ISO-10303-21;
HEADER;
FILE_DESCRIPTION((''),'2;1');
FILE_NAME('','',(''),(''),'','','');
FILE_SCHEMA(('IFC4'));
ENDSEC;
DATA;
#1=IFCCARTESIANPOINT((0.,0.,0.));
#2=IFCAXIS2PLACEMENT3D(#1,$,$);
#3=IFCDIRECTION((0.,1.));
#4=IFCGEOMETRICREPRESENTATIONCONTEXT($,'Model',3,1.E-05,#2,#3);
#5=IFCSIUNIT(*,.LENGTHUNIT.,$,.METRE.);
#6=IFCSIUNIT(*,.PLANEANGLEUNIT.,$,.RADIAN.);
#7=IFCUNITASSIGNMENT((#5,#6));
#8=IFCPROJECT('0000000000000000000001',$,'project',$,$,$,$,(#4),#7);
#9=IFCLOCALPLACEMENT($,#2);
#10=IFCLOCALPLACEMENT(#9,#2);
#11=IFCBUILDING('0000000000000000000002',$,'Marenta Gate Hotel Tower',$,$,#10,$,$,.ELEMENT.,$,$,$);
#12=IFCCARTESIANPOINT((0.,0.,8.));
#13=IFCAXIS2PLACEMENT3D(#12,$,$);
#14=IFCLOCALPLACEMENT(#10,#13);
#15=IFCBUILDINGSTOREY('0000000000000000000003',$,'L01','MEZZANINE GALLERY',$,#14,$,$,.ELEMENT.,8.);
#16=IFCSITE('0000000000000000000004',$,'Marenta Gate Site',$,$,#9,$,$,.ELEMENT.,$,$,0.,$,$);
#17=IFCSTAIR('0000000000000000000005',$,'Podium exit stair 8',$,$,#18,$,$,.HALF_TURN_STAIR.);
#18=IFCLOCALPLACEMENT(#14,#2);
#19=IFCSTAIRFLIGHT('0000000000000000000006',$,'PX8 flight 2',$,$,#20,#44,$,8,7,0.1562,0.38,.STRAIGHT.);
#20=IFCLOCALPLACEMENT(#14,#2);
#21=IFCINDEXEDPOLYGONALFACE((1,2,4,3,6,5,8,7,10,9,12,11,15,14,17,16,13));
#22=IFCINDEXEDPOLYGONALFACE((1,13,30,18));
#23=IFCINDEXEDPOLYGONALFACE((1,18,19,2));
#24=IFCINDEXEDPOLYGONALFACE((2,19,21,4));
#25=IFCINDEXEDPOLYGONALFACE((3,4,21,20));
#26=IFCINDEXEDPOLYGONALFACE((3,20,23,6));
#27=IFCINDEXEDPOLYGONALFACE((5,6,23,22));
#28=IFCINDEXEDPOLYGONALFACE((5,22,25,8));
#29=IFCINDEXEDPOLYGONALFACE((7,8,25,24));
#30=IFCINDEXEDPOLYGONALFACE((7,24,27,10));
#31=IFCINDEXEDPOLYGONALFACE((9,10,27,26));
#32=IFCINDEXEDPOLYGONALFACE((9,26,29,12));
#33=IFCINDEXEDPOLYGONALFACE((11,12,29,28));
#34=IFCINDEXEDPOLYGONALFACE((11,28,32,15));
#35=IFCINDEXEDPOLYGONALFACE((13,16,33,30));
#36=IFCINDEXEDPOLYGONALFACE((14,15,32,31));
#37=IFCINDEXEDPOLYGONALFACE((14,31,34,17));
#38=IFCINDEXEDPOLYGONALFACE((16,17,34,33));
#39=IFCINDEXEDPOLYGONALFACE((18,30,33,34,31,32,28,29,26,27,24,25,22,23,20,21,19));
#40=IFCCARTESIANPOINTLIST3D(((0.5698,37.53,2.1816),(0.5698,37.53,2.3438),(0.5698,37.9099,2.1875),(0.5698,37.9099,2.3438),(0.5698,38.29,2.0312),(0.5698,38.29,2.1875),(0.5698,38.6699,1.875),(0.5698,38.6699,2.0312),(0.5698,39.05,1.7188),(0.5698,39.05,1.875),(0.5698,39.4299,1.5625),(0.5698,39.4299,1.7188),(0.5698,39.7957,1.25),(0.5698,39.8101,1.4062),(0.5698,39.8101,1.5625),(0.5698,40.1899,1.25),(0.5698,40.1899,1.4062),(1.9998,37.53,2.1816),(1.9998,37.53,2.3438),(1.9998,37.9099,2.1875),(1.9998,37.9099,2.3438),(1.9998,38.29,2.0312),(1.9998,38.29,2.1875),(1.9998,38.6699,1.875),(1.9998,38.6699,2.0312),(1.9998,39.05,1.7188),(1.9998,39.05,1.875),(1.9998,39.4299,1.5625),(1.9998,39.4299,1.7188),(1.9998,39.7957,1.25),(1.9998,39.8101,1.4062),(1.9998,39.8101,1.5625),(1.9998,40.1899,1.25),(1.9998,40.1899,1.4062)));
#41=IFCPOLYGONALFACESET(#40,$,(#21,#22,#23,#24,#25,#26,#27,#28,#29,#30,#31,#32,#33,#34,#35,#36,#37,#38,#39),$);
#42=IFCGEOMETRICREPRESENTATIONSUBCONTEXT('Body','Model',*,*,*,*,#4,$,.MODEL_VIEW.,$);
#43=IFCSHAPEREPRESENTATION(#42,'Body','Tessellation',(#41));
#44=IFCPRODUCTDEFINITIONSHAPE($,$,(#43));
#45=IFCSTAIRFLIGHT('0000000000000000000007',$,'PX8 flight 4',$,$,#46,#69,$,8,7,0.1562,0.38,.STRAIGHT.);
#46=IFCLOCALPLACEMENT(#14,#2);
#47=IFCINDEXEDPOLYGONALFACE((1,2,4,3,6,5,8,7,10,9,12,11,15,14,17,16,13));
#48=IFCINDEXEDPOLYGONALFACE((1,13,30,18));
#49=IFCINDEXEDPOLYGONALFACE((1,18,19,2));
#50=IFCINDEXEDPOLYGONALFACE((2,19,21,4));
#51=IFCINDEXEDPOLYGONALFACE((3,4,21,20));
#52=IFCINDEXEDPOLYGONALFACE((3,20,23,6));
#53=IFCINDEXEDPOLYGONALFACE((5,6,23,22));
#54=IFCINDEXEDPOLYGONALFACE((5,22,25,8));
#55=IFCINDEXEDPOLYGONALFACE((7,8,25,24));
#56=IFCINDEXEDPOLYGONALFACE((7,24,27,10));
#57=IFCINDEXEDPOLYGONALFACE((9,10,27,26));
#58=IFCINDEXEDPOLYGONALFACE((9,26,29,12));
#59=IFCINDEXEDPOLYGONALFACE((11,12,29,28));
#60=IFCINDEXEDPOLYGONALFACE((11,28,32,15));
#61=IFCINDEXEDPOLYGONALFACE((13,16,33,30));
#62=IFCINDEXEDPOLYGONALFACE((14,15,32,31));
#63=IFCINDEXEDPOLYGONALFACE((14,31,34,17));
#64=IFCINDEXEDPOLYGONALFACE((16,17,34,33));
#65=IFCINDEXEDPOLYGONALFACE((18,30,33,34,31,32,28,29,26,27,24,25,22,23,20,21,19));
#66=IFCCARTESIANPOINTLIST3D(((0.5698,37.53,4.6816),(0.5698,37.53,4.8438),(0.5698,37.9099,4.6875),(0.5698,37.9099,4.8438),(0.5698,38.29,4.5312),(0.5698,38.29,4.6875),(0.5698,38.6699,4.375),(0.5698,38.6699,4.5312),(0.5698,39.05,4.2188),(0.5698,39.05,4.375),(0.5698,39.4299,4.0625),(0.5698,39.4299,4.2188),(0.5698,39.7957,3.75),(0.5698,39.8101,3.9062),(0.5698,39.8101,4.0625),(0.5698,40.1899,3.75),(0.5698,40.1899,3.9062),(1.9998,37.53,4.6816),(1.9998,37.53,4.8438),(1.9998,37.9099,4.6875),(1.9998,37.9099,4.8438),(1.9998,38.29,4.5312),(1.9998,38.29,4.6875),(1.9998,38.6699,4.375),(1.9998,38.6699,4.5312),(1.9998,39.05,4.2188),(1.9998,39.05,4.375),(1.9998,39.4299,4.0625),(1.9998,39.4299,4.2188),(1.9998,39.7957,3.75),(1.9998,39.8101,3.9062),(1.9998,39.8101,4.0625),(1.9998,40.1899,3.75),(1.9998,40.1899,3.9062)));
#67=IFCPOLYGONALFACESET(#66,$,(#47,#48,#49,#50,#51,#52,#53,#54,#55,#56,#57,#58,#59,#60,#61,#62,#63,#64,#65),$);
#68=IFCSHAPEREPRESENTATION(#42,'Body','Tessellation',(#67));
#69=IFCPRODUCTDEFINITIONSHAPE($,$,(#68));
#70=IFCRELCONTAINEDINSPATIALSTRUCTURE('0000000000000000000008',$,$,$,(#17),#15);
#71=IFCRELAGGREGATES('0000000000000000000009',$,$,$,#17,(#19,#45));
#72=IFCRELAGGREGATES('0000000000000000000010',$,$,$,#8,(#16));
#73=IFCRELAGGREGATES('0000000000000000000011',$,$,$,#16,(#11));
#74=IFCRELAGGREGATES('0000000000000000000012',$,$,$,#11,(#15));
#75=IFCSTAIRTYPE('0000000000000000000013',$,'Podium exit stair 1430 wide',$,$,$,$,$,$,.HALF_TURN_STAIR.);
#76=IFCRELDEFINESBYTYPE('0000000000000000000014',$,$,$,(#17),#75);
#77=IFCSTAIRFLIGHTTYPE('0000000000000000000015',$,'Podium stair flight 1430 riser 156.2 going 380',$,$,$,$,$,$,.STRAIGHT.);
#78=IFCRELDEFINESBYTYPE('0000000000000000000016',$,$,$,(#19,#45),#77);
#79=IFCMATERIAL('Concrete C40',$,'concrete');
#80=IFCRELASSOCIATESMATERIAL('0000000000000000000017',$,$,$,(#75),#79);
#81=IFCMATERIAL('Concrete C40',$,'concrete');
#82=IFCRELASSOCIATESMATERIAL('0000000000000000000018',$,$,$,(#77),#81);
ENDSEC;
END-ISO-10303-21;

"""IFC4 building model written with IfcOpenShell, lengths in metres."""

from ifc_helpers import new_model, si_unit, direction, frame, origin, place, context, subcontext, project, spatial, polyline, outline, extrude, material, type_object, element, aggregate, save


model = new_model("IFC4")

# Units and contexts
model_context = context("Model", 3, precision=1e-05, world=origin(), true_north=direction((0.0, 1.0)))
body_context = subcontext(model_context, "Body", "Model", "MODEL_VIEW")
ifc_project = project(units=[si_unit("LENGTHUNIT", "METRE"), si_unit("PLANEANGLEUNIT", "RADIAN")], contexts=[model_context])

# Site, building, storey
site_placement = place(None, origin())
site = spatial("IfcSite", under=ifc_project, at=site_placement, Name="Marenta Gate Site", CompositionType="ELEMENT", RefElevation=0.0)
building_placement = place(site_placement, origin())
building = spatial("IfcBuilding", under=site, at=building_placement, Name="Marenta Gate Hotel Tower", CompositionType="ELEMENT")
storey_placement = place(building_placement, frame((0.0, 0.0, 8.0)))
storey = spatial("IfcBuildingStorey", under=building, at=storey_placement, Name="L01", Description="MEZZANINE GALLERY", CompositionType="ELEMENT", Elevation=8.0)

# Stair, stair flights
ifc_material_1 = material(Name="Concrete C40", Category="concrete")
stair_type = type_object("IfcStairType", Name="Podium exit stair 1430 wide", PredefinedType="HALF_TURN_STAIR", material=ifc_material_1)
ifc_material_2 = material(Name="Concrete C40", Category="concrete")
stair_flight_type = type_object("IfcStairFlightType", Name="Podium stair flight 1430 riser 156.2 going 380", PredefinedType="STRAIGHT", material=ifc_material_2)
stair_1_placement = place(storey_placement, origin())
stair_1 = element("IfcStair", 1, at=stair_1_placement, inside=storey, type_object=stair_type, Name="Podium exit stair 8", PredefinedType="HALF_TURN_STAIR")
stair_flight_1_placement = place(storey_placement, frame((1.2849, 40.1899, 1.25), z_axis=(0.0, 0.0, 1.0), x_axis=(0.0, -1.0, 0.0)))
stair_flight_1 = element("IfcStairFlight", 2, at=stair_flight_1_placement, type_object=stair_flight_type, Name="PX8 flight 2", NumberOfRisers=8, NumberOfTreads=7, PredefinedType="STRAIGHT", RiserHeight=0.1562, TreadLength=0.38, context=body_context, shape_type="SweptSolid", body=[
    extrude(outline(polyline([(0.0, 0.0), (0.0, 0.1562), (0.3799, 0.1562), (0.3799, 0.3125), (0.76, 0.3125), (0.76, 0.4688), (1.1399, 0.4688), (1.1399, 0.625), (1.52, 0.625), (1.52, 0.7812), (1.8999, 0.7812), (1.8999, 0.9375), (2.28, 0.9375), (2.28, 1.0938), (2.6599, 1.0938), (2.6599, 1.25), (2.6599, 0.9316), (0.3943, 0.0), (0.0, 0.0)])), frame((0.0, 0.7148, 0.0), z_axis=(0.0, -1.0, 0.0), x_axis=(1.0, 0.0, 0.0)), (0.0, 0.0, 1.0), 1.4299),
])
stair_flight_2_placement = place(storey_placement, frame((1.2849, 40.1899, 3.75), z_axis=(0.0, 0.0, 1.0), x_axis=(0.0, -1.0, 0.0)))
stair_flight_2 = element("IfcStairFlight", 3, at=stair_flight_2_placement, type_object=stair_flight_type, Name="PX8 flight 4", NumberOfRisers=8, NumberOfTreads=7, PredefinedType="STRAIGHT", RiserHeight=0.1562, TreadLength=0.38, context=body_context, shape_type="SweptSolid", body=[
    extrude(outline(polyline([(0.0, 0.0), (0.0, 0.1562), (0.3799, 0.1562), (0.3799, 0.3125), (0.76, 0.3125), (0.76, 0.4688), (1.1399, 0.4688), (1.1399, 0.625), (1.52, 0.625), (1.52, 0.7812), (1.8999, 0.7812), (1.8999, 0.9375), (2.28, 0.9375), (2.28, 1.0938), (2.6599, 1.0938), (2.6599, 1.25), (2.6599, 0.9316), (0.3943, 0.0), (0.0, 0.0)])), frame((0.0, 0.7148, 0.0), z_axis=(0.0, -1.0, 0.0), x_axis=(1.0, 0.0, 0.0)), (0.0, 0.0, 1.0), 1.4299),
])
aggregate(stair_1, [stair_flight_1, stair_flight_2])

save(model, "model.ifc")
